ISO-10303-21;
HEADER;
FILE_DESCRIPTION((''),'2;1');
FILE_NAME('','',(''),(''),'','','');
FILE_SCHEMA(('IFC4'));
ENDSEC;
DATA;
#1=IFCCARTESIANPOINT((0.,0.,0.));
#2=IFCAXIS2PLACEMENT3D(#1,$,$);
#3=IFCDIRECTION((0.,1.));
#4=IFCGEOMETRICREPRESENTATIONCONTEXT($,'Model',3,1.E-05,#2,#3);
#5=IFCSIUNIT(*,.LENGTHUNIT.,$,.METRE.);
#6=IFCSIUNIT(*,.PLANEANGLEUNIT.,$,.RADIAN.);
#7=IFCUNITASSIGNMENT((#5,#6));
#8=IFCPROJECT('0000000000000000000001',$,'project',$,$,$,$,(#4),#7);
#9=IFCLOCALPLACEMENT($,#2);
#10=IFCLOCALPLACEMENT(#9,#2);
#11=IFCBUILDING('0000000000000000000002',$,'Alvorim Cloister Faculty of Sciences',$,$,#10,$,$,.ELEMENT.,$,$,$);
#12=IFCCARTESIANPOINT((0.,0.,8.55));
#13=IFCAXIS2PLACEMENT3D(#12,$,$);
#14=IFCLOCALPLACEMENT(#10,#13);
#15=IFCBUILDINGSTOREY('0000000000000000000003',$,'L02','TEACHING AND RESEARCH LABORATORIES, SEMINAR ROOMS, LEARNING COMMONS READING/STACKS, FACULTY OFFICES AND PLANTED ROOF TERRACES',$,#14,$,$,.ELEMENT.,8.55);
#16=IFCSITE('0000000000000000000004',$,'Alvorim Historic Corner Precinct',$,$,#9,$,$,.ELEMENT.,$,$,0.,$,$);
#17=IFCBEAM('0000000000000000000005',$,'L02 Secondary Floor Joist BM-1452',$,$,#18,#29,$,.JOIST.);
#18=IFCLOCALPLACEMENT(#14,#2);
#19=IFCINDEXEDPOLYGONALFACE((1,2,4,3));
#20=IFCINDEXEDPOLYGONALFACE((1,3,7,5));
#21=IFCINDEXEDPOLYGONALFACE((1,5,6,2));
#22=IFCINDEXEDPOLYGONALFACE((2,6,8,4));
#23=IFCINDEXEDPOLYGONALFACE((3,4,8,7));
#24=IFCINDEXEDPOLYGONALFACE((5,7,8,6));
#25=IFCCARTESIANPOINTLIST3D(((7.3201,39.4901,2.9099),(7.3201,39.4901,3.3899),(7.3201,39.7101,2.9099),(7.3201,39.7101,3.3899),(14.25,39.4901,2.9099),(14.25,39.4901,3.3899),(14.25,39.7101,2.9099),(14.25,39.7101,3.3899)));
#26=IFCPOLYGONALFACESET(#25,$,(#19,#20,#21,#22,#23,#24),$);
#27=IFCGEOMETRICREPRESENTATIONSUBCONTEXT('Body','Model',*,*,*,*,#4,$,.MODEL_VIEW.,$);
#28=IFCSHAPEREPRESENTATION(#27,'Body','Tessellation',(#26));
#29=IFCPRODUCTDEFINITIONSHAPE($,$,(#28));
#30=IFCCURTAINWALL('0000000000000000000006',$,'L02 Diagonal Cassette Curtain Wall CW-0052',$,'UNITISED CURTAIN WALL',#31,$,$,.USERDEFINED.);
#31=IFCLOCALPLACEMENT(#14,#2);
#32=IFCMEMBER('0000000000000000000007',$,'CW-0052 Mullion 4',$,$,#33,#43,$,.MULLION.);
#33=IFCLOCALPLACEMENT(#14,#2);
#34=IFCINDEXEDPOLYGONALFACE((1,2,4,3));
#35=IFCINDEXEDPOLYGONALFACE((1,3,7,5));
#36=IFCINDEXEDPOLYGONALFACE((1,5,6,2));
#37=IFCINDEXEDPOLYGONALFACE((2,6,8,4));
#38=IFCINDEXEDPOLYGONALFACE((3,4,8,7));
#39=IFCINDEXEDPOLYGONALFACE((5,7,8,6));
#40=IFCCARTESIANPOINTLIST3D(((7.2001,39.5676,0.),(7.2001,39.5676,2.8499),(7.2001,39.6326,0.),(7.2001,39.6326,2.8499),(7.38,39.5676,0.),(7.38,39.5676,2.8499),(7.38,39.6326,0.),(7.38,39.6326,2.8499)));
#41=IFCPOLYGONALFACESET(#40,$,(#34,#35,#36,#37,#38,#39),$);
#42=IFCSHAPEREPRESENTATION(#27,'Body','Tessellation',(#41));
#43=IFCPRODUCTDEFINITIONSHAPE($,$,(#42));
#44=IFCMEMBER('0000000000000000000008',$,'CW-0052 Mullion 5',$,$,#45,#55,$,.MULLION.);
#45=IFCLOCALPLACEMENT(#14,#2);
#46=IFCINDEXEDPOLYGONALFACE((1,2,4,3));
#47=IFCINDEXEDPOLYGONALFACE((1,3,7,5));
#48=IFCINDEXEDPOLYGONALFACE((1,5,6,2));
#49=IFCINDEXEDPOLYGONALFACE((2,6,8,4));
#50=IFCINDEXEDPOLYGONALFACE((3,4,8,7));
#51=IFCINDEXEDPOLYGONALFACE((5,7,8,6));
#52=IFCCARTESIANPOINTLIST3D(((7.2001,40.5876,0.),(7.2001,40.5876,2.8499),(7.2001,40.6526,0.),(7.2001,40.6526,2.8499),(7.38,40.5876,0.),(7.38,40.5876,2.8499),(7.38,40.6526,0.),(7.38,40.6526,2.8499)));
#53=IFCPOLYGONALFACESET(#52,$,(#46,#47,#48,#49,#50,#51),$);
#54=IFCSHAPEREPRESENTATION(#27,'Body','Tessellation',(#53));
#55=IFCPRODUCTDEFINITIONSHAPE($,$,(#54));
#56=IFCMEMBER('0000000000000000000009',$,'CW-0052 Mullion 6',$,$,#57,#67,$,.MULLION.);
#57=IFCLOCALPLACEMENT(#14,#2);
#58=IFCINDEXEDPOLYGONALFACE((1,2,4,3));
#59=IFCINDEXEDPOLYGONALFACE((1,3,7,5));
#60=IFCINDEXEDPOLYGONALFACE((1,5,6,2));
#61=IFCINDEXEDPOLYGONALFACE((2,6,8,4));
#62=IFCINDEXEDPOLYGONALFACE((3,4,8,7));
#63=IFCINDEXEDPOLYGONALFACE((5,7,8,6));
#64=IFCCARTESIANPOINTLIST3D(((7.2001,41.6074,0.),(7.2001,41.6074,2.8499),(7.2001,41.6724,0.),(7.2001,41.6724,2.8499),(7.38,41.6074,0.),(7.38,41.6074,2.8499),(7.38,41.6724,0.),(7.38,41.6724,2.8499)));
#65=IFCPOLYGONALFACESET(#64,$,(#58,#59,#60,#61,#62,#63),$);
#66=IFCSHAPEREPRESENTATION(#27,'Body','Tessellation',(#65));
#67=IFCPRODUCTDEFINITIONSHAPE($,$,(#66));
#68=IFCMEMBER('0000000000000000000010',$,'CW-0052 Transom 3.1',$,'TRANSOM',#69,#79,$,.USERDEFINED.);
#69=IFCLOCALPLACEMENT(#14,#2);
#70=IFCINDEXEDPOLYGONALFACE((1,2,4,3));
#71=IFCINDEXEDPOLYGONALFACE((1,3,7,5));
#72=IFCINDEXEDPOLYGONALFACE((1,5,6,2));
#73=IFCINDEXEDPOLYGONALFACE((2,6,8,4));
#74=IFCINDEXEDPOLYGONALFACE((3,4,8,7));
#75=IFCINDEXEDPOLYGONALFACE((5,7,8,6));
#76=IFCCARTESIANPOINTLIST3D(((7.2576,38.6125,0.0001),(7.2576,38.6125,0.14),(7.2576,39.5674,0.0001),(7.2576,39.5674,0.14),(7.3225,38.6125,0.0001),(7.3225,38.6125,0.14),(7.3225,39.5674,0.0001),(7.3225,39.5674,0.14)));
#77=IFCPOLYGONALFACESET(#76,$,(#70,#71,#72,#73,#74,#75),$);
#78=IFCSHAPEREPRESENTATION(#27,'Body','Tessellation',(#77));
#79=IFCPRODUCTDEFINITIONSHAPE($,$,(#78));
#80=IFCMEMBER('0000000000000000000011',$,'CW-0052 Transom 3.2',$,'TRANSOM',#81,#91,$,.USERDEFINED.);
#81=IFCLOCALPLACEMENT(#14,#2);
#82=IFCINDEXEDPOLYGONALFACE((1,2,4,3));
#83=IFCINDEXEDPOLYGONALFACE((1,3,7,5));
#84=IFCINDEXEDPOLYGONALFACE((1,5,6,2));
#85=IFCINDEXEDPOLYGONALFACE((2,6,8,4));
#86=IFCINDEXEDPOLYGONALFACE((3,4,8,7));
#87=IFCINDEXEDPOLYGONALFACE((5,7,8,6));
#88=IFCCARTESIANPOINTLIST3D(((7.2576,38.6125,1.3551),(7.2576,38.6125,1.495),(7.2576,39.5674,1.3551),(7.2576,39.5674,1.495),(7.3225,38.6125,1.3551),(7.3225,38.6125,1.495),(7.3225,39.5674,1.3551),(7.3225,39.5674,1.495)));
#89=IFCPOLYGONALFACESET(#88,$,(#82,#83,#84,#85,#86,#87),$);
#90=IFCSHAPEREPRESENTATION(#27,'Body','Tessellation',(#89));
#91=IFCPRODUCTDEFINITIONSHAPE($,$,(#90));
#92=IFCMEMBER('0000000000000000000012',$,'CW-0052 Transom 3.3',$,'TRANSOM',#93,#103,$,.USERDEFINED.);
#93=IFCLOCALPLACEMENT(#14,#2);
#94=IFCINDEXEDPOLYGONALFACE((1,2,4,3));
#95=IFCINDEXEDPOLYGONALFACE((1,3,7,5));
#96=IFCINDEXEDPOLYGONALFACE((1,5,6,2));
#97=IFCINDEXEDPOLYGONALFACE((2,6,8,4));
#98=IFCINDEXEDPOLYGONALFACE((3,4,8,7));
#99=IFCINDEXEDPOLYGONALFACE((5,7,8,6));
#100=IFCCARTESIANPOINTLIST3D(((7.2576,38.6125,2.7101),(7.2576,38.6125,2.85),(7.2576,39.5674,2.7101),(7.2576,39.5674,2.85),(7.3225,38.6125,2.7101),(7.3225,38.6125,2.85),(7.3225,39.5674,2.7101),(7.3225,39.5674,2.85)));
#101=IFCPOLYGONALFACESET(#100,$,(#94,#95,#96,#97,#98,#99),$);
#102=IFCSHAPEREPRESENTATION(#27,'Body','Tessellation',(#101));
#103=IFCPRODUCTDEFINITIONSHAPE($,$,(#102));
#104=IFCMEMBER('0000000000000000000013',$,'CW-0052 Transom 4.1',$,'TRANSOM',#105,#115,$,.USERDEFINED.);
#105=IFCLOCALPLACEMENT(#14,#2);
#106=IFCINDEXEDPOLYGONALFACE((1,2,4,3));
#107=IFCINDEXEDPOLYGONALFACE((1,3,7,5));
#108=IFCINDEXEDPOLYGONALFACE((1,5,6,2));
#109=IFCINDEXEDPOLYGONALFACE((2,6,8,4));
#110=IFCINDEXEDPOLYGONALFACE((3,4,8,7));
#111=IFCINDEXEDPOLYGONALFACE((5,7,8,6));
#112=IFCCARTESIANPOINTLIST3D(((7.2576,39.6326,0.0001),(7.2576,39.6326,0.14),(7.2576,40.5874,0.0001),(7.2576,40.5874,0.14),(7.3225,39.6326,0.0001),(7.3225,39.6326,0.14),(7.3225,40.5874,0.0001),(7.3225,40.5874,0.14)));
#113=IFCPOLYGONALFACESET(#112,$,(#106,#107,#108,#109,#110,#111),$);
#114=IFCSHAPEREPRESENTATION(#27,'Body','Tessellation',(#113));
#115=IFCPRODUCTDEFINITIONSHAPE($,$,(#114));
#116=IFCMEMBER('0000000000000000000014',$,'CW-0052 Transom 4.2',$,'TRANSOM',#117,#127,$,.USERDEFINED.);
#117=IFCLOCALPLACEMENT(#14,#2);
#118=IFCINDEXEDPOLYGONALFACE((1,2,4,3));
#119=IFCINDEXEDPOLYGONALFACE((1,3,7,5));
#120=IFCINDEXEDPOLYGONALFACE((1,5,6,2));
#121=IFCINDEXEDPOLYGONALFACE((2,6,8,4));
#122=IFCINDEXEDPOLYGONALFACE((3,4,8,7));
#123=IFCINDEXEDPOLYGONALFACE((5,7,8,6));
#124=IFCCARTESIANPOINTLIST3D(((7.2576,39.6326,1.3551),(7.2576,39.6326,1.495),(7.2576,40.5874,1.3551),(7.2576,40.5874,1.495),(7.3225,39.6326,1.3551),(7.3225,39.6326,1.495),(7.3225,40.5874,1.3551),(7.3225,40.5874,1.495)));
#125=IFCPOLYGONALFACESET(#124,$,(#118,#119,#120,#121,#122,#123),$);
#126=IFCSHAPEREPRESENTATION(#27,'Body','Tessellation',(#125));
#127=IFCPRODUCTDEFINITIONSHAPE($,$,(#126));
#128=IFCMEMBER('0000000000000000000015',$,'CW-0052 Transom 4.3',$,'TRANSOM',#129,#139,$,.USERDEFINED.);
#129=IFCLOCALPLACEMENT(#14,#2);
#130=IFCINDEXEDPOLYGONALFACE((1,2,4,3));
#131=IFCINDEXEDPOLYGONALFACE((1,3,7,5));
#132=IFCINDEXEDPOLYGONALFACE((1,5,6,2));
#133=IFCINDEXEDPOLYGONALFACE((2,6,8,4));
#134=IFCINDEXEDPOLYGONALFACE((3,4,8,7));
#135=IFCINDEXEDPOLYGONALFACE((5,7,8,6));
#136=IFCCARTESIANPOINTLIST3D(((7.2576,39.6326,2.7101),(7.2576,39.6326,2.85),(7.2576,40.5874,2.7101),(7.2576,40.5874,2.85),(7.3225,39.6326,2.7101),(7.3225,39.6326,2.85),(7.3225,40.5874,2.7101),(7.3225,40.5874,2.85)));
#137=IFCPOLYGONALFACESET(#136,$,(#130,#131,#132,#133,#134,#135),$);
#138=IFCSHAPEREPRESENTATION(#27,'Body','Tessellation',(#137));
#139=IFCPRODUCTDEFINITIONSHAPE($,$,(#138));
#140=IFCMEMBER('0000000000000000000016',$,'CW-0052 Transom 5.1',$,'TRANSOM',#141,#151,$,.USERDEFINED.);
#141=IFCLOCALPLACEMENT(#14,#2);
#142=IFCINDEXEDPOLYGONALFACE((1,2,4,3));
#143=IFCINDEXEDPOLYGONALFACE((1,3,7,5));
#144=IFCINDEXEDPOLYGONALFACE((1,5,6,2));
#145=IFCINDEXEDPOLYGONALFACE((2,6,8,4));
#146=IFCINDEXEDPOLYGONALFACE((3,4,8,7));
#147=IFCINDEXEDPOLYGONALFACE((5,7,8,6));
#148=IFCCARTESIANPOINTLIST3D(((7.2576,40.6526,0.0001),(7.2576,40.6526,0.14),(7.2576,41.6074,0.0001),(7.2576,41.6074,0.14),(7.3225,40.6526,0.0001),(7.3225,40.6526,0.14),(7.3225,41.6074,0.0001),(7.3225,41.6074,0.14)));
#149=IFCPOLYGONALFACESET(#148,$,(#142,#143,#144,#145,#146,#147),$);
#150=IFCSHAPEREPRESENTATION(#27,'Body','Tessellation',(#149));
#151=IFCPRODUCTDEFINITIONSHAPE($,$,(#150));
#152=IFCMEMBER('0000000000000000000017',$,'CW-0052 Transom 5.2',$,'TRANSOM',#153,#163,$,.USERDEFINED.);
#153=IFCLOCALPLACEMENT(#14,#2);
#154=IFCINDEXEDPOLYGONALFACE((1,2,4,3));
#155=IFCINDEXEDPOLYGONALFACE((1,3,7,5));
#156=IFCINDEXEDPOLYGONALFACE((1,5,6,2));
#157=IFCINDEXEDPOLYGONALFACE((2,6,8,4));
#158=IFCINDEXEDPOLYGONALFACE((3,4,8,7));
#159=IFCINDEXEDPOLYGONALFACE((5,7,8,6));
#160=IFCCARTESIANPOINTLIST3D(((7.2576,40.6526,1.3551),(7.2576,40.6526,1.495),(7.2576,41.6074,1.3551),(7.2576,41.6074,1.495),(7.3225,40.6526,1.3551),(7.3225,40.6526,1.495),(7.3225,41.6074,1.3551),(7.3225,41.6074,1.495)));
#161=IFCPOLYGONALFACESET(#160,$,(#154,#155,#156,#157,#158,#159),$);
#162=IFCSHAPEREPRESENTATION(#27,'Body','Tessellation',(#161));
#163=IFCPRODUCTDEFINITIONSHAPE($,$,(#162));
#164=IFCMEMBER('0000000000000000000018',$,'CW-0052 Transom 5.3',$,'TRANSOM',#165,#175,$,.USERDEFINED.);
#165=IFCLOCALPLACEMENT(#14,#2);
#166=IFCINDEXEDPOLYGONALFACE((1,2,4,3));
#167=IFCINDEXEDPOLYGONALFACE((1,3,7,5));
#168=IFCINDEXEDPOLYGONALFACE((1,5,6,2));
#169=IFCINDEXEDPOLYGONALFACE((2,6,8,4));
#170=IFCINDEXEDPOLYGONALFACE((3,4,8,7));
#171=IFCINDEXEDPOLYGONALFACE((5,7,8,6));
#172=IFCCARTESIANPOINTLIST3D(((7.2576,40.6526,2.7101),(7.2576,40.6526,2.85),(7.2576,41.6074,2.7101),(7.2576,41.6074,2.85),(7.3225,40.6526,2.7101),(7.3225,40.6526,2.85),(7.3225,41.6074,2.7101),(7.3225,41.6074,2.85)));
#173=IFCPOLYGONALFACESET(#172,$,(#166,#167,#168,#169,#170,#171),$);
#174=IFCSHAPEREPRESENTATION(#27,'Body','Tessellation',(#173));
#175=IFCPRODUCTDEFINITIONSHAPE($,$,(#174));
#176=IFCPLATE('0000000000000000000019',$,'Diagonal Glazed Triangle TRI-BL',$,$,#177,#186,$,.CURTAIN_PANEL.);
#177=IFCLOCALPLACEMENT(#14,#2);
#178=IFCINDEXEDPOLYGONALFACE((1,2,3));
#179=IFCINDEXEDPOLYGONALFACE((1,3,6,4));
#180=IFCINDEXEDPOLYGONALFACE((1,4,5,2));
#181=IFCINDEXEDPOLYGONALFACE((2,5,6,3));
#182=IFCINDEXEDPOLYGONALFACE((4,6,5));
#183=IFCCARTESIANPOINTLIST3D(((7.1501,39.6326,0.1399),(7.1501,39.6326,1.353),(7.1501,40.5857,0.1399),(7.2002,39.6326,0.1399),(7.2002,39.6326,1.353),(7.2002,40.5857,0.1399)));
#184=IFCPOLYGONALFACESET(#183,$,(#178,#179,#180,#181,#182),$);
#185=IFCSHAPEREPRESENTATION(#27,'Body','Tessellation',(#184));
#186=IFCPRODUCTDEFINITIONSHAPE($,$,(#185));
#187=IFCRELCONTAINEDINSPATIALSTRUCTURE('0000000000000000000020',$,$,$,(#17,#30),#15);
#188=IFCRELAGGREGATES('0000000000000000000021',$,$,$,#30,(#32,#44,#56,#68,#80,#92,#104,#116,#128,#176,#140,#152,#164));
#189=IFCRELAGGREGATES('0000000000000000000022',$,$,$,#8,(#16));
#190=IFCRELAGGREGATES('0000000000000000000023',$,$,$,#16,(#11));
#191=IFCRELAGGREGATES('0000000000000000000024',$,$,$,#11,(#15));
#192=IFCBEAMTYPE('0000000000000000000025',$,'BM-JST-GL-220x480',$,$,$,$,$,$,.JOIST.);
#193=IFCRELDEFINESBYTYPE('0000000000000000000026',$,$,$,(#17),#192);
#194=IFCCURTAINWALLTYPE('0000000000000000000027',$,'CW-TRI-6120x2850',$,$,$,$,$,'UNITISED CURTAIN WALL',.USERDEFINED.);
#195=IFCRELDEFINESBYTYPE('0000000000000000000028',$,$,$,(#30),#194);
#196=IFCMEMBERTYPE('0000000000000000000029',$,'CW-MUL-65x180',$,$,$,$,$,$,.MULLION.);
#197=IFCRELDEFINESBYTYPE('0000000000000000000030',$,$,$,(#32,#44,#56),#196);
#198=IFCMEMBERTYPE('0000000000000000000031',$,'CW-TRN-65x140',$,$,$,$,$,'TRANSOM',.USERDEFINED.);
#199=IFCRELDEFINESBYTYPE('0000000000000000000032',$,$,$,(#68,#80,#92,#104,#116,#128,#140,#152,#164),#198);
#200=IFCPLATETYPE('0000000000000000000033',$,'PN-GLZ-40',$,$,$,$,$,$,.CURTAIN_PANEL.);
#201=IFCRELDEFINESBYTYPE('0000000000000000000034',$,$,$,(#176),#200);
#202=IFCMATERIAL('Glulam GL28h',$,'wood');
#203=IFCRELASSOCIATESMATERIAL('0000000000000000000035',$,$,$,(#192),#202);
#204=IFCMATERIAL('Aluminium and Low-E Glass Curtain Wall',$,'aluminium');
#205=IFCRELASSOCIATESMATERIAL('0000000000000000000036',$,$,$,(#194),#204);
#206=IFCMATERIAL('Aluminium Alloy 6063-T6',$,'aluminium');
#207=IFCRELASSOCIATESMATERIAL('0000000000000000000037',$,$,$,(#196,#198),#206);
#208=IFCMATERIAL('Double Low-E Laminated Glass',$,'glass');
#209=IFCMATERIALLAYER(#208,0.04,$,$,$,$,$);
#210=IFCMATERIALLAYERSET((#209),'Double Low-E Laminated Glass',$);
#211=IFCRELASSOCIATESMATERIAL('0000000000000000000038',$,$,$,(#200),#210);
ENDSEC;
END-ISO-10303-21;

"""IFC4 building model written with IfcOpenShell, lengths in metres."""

from ifc_helpers import new_model, si_unit, direction, frame, origin, origin_2d, place, context, subcontext, project, spatial, polyline, rectangle, outline, extrude, material, layer, layer_set, material_profile, profile_set, type_object, element, aggregate, save


model = new_model("IFC4")

# Units and contexts
model_context = context("Model", 3, precision=1e-05, world=origin(), true_north=direction((0.0, 1.0)))
body_context = subcontext(model_context, "Body", "Model", "MODEL_VIEW")
ifc_project = project(units=[si_unit("LENGTHUNIT", "METRE"), si_unit("PLANEANGLEUNIT", "RADIAN")], contexts=[model_context])

# Site, building, storey
site_placement = place(None, origin())
site = spatial("IfcSite", under=ifc_project, at=site_placement, Name="Alvorim Historic Corner Precinct", CompositionType="ELEMENT", RefElevation=0.0)
building_placement = place(site_placement, origin())
building = spatial("IfcBuilding", under=site, at=building_placement, Name="Alvorim Cloister Faculty of Sciences", CompositionType="ELEMENT")
storey_placement = place(building_placement, frame((0.0, 0.0, 8.55)))
storey = spatial("IfcBuildingStorey", under=building, at=storey_placement, Name="L02", Description="TEACHING AND RESEARCH LABORATORIES, SEMINAR ROOMS, LEARNING COMMONS READING/STACKS, FACULTY OFFICES AND PLANTED ROOF TERRACES", CompositionType="ELEMENT", Elevation=8.55)

# Beam
ifc_material_1 = material(Name="Glulam GL28h", Category="wood")
ifc_material_profile_1 = material_profile(ifc_material_1, rectangle(XDim=0.22, YDim=0.48, at=origin_2d()), Name="GL28-JST-220x480")
ifc_profile_set_1 = profile_set([ifc_material_profile_1], Name="Glulam GL28h")
beam_type = type_object("IfcBeamType", Name="BM-JST-GL-220x480", PredefinedType="JOIST", material=ifc_profile_set_1)
beam_placement = place(storey_placement, frame((7.3201, 39.6001, 3.1499), z_axis=(1.0, 0.0, 0.0), x_axis=(0.0, 1.0, 0.0)))
element("IfcBeam", 1, at=beam_placement, inside=storey, type_object=beam_type, Name="L02 Secondary Floor Joist BM-1452", PredefinedType="JOIST", context=body_context, shape_type="SweptSolid", body=[
    extrude(rectangle(XDim=0.22, YDim=0.48, at=origin_2d()), origin(), (0.0, 0.0, 1.0), 6.9299),
])

# Curtain wall, members, plate
ifc_material_2 = material(Name="Aluminium and Low-E Glass Curtain Wall", Category="aluminium")
curtain_wall_type = type_object("IfcCurtainWallType", Name="CW-TRI-6120x2850", ElementType="UNITISED CURTAIN WALL", PredefinedType="USERDEFINED", material=ifc_material_2)
curtain_wall_placement = place(storey_placement, origin())
curtain_wall = element("IfcCurtainWall", 2, at=curtain_wall_placement, inside=storey, type_object=curtain_wall_type, Name="L02 Diagonal Cassette Curtain Wall CW-0052", ObjectType="UNITISED CURTAIN WALL", PredefinedType="USERDEFINED")
ifc_material_3 = material(Name="Aluminium Alloy 6063-T6", Category="aluminium")
ifc_material_profile_2 = material_profile(ifc_material_3, rectangle(XDim=0.0649, YDim=0.1799, at=origin_2d()), Name="ALU-MUL-65x180")
ifc_profile_set_2 = profile_set([ifc_material_profile_2], Name="Aluminium Alloy 6063-T6")
member_type_1 = type_object("IfcMemberType", Name="CW-MUL-65x180", PredefinedType="MULLION", material=ifc_profile_set_2)
member_1_placement = place(storey_placement, frame((7.29, 39.6001, 0.0), z_axis=(0.0, 0.0, 1.0), x_axis=(0.0, 1.0, 0.0)))
member_1 = element("IfcMember", 3, at=member_1_placement, type_object=member_type_1, Name="CW-0052 Mullion 4", PredefinedType="MULLION", context=body_context, shape_type="SweptSolid", body=[
    extrude(rectangle(XDim=0.0649, YDim=0.1799, at=origin_2d()), origin(), (0.0, 0.0, 1.0), 2.8499),
])
member_2_placement = place(storey_placement, frame((7.29, 40.6201, 0.0), z_axis=(0.0, 0.0, 1.0), x_axis=(0.0, 1.0, 0.0)))
member_2 = element("IfcMember", 4, at=member_2_placement, type_object=member_type_1, Name="CW-0052 Mullion 5", PredefinedType="MULLION", context=body_context, shape_type="SweptSolid", body=[
    extrude(rectangle(XDim=0.0649, YDim=0.1799, at=origin_2d()), origin(), (0.0, 0.0, 1.0), 2.8499),
])
member_3_placement = place(storey_placement, frame((7.29, 41.6399, 0.0), z_axis=(0.0, 0.0, 1.0), x_axis=(0.0, 1.0, 0.0)))
member_3 = element("IfcMember", 5, at=member_3_placement, type_object=member_type_1, Name="CW-0052 Mullion 6", PredefinedType="MULLION", context=body_context, shape_type="SweptSolid", body=[
    extrude(rectangle(XDim=0.0649, YDim=0.1799, at=origin_2d()), origin(), (0.0, 0.0, 1.0), 2.8499),
])
ifc_material_profile_3 = material_profile(ifc_material_3, rectangle(XDim=0.0649, YDim=0.1399, at=origin_2d()), Name="ALU-TRN-65x140")
ifc_profile_set_3 = profile_set([ifc_material_profile_3], Name="Aluminium Alloy 6063-T6")
member_type_2 = type_object("IfcMemberType", Name="CW-TRN-65x140", ElementType="TRANSOM", PredefinedType="USERDEFINED", material=ifc_profile_set_3)
member_4_placement = place(storey_placement, frame((7.29, 38.6125, 0.0701), z_axis=(0.0, 1.0, 0.0), x_axis=(-1.0, 0.0, 0.0)))
member_4 = element("IfcMember", 6, at=member_4_placement, type_object=member_type_2, Name="CW-0052 Transom 3.1", ObjectType="TRANSOM", PredefinedType="USERDEFINED", context=body_context, shape_type="SweptSolid", body=[
    extrude(rectangle(XDim=0.0649, YDim=0.1399, at=origin_2d()), origin(), (0.0, 0.0, 1.0), 0.9548),
])
member_5_placement = place(storey_placement, frame((7.29, 38.6125, 1.425), z_axis=(0.0, 1.0, 0.0), x_axis=(-1.0, 0.0, 0.0)))
member_5 = element("IfcMember", 7, at=member_5_placement, type_object=member_type_2, Name="CW-0052 Transom 3.2", ObjectType="TRANSOM", PredefinedType="USERDEFINED", context=body_context, shape_type="SweptSolid", body=[
    extrude(rectangle(XDim=0.0649, YDim=0.1399, at=origin_2d()), origin(), (0.0, 0.0, 1.0), 0.9548),
])
member_6_placement = place(storey_placement, frame((7.29, 38.6125, 2.78), z_axis=(0.0, 1.0, 0.0), x_axis=(-1.0, 0.0, 0.0)))
member_6 = element("IfcMember", 8, at=member_6_placement, type_object=member_type_2, Name="CW-0052 Transom 3.3", ObjectType="TRANSOM", PredefinedType="USERDEFINED", context=body_context, shape_type="SweptSolid", body=[
    extrude(rectangle(XDim=0.0649, YDim=0.1399, at=origin_2d()), origin(), (0.0, 0.0, 1.0), 0.9548),
])
member_7_placement = place(storey_placement, frame((7.29, 39.6326, 0.0701), z_axis=(0.0, 1.0, 0.0), x_axis=(-1.0, 0.0, 0.0)))
member_7 = element("IfcMember", 9, at=member_7_placement, type_object=member_type_2, Name="CW-0052 Transom 4.1", ObjectType="TRANSOM", PredefinedType="USERDEFINED", context=body_context, shape_type="SweptSolid", body=[
    extrude(rectangle(XDim=0.0649, YDim=0.1399, at=origin_2d()), origin(), (0.0, 0.0, 1.0), 0.9548),
])
member_8_placement = place(storey_placement, frame((7.29, 39.6326, 1.425), z_axis=(0.0, 1.0, 0.0), x_axis=(-1.0, 0.0, 0.0)))
member_8 = element("IfcMember", 10, at=member_8_placement, type_object=member_type_2, Name="CW-0052 Transom 4.2", ObjectType="TRANSOM", PredefinedType="USERDEFINED", context=body_context, shape_type="SweptSolid", body=[
    extrude(rectangle(XDim=0.0649, YDim=0.1399, at=origin_2d()), origin(), (0.0, 0.0, 1.0), 0.9548),
])
member_9_placement = place(storey_placement, frame((7.29, 39.6326, 2.78), z_axis=(0.0, 1.0, 0.0), x_axis=(-1.0, 0.0, 0.0)))
member_9 = element("IfcMember", 11, at=member_9_placement, type_object=member_type_2, Name="CW-0052 Transom 4.3", ObjectType="TRANSOM", PredefinedType="USERDEFINED", context=body_context, shape_type="SweptSolid", body=[
    extrude(rectangle(XDim=0.0649, YDim=0.1399, at=origin_2d()), origin(), (0.0, 0.0, 1.0), 0.9548),
])
member_10_placement = place(storey_placement, frame((7.29, 40.6526, 0.0701), z_axis=(0.0, 1.0, 0.0), x_axis=(-1.0, 0.0, 0.0)))
member_10 = element("IfcMember", 12, at=member_10_placement, type_object=member_type_2, Name="CW-0052 Transom 5.1", ObjectType="TRANSOM", PredefinedType="USERDEFINED", context=body_context, shape_type="SweptSolid", body=[
    extrude(rectangle(XDim=0.0649, YDim=0.1399, at=origin_2d()), origin(), (0.0, 0.0, 1.0), 0.9548),
])
member_11_placement = place(storey_placement, frame((7.29, 40.6526, 1.425), z_axis=(0.0, 1.0, 0.0), x_axis=(-1.0, 0.0, 0.0)))
member_11 = element("IfcMember", 13, at=member_11_placement, type_object=member_type_2, Name="CW-0052 Transom 5.2", ObjectType="TRANSOM", PredefinedType="USERDEFINED", context=body_context, shape_type="SweptSolid", body=[
    extrude(rectangle(XDim=0.0649, YDim=0.1399, at=origin_2d()), origin(), (0.0, 0.0, 1.0), 0.9548),
])
member_12_placement = place(storey_placement, frame((7.29, 40.6526, 2.78), z_axis=(0.0, 1.0, 0.0), x_axis=(-1.0, 0.0, 0.0)))
member_12 = element("IfcMember", 14, at=member_12_placement, type_object=member_type_2, Name="CW-0052 Transom 5.3", ObjectType="TRANSOM", PredefinedType="USERDEFINED", context=body_context, shape_type="SweptSolid", body=[
    extrude(rectangle(XDim=0.0649, YDim=0.1399, at=origin_2d()), origin(), (0.0, 0.0, 1.0), 0.9548),
])
ifc_material_4 = material(Name="Double Low-E Laminated Glass", Category="glass")
ifc_layer = layer(ifc_material_4, 0.04)
ifc_layer_set = layer_set([ifc_layer], Name="Double Low-E Laminated Glass")
plate_type = type_object("IfcPlateType", Name="PN-GLZ-40", PredefinedType="CURTAIN_PANEL", material=ifc_layer_set)
plate_1_placement = place(storey_placement, frame((7.175, 39.6326, 0.1399), z_axis=(0.0, 0.0, 1.0), x_axis=(0.0, 1.0, 0.0)))
plate_1 = element("IfcPlate", 15, at=plate_1_placement, type_object=plate_type, Name="Diagonal Glazed Triangle TRI-BL", PredefinedType="CURTAIN_PANEL", context=body_context, shape_type="SweptSolid", body=[
    extrude(outline(polyline([(0.0, 0.0), (0.9531, 0.0), (0.0, 1.2131), (0.0, 0.0)])), frame((0.0, 0.0249, 0.0), z_axis=(0.0, -1.0, 0.0), x_axis=(1.0, 0.0, 0.0)), (0.0, 0.0, 1.0), 0.05),
])
aggregate(curtain_wall, [member_1, member_2, member_3, member_4, member_5, member_6, member_7, member_8, member_9, plate_1, member_10, member_11, member_12])

save(model, "model.ifc")
